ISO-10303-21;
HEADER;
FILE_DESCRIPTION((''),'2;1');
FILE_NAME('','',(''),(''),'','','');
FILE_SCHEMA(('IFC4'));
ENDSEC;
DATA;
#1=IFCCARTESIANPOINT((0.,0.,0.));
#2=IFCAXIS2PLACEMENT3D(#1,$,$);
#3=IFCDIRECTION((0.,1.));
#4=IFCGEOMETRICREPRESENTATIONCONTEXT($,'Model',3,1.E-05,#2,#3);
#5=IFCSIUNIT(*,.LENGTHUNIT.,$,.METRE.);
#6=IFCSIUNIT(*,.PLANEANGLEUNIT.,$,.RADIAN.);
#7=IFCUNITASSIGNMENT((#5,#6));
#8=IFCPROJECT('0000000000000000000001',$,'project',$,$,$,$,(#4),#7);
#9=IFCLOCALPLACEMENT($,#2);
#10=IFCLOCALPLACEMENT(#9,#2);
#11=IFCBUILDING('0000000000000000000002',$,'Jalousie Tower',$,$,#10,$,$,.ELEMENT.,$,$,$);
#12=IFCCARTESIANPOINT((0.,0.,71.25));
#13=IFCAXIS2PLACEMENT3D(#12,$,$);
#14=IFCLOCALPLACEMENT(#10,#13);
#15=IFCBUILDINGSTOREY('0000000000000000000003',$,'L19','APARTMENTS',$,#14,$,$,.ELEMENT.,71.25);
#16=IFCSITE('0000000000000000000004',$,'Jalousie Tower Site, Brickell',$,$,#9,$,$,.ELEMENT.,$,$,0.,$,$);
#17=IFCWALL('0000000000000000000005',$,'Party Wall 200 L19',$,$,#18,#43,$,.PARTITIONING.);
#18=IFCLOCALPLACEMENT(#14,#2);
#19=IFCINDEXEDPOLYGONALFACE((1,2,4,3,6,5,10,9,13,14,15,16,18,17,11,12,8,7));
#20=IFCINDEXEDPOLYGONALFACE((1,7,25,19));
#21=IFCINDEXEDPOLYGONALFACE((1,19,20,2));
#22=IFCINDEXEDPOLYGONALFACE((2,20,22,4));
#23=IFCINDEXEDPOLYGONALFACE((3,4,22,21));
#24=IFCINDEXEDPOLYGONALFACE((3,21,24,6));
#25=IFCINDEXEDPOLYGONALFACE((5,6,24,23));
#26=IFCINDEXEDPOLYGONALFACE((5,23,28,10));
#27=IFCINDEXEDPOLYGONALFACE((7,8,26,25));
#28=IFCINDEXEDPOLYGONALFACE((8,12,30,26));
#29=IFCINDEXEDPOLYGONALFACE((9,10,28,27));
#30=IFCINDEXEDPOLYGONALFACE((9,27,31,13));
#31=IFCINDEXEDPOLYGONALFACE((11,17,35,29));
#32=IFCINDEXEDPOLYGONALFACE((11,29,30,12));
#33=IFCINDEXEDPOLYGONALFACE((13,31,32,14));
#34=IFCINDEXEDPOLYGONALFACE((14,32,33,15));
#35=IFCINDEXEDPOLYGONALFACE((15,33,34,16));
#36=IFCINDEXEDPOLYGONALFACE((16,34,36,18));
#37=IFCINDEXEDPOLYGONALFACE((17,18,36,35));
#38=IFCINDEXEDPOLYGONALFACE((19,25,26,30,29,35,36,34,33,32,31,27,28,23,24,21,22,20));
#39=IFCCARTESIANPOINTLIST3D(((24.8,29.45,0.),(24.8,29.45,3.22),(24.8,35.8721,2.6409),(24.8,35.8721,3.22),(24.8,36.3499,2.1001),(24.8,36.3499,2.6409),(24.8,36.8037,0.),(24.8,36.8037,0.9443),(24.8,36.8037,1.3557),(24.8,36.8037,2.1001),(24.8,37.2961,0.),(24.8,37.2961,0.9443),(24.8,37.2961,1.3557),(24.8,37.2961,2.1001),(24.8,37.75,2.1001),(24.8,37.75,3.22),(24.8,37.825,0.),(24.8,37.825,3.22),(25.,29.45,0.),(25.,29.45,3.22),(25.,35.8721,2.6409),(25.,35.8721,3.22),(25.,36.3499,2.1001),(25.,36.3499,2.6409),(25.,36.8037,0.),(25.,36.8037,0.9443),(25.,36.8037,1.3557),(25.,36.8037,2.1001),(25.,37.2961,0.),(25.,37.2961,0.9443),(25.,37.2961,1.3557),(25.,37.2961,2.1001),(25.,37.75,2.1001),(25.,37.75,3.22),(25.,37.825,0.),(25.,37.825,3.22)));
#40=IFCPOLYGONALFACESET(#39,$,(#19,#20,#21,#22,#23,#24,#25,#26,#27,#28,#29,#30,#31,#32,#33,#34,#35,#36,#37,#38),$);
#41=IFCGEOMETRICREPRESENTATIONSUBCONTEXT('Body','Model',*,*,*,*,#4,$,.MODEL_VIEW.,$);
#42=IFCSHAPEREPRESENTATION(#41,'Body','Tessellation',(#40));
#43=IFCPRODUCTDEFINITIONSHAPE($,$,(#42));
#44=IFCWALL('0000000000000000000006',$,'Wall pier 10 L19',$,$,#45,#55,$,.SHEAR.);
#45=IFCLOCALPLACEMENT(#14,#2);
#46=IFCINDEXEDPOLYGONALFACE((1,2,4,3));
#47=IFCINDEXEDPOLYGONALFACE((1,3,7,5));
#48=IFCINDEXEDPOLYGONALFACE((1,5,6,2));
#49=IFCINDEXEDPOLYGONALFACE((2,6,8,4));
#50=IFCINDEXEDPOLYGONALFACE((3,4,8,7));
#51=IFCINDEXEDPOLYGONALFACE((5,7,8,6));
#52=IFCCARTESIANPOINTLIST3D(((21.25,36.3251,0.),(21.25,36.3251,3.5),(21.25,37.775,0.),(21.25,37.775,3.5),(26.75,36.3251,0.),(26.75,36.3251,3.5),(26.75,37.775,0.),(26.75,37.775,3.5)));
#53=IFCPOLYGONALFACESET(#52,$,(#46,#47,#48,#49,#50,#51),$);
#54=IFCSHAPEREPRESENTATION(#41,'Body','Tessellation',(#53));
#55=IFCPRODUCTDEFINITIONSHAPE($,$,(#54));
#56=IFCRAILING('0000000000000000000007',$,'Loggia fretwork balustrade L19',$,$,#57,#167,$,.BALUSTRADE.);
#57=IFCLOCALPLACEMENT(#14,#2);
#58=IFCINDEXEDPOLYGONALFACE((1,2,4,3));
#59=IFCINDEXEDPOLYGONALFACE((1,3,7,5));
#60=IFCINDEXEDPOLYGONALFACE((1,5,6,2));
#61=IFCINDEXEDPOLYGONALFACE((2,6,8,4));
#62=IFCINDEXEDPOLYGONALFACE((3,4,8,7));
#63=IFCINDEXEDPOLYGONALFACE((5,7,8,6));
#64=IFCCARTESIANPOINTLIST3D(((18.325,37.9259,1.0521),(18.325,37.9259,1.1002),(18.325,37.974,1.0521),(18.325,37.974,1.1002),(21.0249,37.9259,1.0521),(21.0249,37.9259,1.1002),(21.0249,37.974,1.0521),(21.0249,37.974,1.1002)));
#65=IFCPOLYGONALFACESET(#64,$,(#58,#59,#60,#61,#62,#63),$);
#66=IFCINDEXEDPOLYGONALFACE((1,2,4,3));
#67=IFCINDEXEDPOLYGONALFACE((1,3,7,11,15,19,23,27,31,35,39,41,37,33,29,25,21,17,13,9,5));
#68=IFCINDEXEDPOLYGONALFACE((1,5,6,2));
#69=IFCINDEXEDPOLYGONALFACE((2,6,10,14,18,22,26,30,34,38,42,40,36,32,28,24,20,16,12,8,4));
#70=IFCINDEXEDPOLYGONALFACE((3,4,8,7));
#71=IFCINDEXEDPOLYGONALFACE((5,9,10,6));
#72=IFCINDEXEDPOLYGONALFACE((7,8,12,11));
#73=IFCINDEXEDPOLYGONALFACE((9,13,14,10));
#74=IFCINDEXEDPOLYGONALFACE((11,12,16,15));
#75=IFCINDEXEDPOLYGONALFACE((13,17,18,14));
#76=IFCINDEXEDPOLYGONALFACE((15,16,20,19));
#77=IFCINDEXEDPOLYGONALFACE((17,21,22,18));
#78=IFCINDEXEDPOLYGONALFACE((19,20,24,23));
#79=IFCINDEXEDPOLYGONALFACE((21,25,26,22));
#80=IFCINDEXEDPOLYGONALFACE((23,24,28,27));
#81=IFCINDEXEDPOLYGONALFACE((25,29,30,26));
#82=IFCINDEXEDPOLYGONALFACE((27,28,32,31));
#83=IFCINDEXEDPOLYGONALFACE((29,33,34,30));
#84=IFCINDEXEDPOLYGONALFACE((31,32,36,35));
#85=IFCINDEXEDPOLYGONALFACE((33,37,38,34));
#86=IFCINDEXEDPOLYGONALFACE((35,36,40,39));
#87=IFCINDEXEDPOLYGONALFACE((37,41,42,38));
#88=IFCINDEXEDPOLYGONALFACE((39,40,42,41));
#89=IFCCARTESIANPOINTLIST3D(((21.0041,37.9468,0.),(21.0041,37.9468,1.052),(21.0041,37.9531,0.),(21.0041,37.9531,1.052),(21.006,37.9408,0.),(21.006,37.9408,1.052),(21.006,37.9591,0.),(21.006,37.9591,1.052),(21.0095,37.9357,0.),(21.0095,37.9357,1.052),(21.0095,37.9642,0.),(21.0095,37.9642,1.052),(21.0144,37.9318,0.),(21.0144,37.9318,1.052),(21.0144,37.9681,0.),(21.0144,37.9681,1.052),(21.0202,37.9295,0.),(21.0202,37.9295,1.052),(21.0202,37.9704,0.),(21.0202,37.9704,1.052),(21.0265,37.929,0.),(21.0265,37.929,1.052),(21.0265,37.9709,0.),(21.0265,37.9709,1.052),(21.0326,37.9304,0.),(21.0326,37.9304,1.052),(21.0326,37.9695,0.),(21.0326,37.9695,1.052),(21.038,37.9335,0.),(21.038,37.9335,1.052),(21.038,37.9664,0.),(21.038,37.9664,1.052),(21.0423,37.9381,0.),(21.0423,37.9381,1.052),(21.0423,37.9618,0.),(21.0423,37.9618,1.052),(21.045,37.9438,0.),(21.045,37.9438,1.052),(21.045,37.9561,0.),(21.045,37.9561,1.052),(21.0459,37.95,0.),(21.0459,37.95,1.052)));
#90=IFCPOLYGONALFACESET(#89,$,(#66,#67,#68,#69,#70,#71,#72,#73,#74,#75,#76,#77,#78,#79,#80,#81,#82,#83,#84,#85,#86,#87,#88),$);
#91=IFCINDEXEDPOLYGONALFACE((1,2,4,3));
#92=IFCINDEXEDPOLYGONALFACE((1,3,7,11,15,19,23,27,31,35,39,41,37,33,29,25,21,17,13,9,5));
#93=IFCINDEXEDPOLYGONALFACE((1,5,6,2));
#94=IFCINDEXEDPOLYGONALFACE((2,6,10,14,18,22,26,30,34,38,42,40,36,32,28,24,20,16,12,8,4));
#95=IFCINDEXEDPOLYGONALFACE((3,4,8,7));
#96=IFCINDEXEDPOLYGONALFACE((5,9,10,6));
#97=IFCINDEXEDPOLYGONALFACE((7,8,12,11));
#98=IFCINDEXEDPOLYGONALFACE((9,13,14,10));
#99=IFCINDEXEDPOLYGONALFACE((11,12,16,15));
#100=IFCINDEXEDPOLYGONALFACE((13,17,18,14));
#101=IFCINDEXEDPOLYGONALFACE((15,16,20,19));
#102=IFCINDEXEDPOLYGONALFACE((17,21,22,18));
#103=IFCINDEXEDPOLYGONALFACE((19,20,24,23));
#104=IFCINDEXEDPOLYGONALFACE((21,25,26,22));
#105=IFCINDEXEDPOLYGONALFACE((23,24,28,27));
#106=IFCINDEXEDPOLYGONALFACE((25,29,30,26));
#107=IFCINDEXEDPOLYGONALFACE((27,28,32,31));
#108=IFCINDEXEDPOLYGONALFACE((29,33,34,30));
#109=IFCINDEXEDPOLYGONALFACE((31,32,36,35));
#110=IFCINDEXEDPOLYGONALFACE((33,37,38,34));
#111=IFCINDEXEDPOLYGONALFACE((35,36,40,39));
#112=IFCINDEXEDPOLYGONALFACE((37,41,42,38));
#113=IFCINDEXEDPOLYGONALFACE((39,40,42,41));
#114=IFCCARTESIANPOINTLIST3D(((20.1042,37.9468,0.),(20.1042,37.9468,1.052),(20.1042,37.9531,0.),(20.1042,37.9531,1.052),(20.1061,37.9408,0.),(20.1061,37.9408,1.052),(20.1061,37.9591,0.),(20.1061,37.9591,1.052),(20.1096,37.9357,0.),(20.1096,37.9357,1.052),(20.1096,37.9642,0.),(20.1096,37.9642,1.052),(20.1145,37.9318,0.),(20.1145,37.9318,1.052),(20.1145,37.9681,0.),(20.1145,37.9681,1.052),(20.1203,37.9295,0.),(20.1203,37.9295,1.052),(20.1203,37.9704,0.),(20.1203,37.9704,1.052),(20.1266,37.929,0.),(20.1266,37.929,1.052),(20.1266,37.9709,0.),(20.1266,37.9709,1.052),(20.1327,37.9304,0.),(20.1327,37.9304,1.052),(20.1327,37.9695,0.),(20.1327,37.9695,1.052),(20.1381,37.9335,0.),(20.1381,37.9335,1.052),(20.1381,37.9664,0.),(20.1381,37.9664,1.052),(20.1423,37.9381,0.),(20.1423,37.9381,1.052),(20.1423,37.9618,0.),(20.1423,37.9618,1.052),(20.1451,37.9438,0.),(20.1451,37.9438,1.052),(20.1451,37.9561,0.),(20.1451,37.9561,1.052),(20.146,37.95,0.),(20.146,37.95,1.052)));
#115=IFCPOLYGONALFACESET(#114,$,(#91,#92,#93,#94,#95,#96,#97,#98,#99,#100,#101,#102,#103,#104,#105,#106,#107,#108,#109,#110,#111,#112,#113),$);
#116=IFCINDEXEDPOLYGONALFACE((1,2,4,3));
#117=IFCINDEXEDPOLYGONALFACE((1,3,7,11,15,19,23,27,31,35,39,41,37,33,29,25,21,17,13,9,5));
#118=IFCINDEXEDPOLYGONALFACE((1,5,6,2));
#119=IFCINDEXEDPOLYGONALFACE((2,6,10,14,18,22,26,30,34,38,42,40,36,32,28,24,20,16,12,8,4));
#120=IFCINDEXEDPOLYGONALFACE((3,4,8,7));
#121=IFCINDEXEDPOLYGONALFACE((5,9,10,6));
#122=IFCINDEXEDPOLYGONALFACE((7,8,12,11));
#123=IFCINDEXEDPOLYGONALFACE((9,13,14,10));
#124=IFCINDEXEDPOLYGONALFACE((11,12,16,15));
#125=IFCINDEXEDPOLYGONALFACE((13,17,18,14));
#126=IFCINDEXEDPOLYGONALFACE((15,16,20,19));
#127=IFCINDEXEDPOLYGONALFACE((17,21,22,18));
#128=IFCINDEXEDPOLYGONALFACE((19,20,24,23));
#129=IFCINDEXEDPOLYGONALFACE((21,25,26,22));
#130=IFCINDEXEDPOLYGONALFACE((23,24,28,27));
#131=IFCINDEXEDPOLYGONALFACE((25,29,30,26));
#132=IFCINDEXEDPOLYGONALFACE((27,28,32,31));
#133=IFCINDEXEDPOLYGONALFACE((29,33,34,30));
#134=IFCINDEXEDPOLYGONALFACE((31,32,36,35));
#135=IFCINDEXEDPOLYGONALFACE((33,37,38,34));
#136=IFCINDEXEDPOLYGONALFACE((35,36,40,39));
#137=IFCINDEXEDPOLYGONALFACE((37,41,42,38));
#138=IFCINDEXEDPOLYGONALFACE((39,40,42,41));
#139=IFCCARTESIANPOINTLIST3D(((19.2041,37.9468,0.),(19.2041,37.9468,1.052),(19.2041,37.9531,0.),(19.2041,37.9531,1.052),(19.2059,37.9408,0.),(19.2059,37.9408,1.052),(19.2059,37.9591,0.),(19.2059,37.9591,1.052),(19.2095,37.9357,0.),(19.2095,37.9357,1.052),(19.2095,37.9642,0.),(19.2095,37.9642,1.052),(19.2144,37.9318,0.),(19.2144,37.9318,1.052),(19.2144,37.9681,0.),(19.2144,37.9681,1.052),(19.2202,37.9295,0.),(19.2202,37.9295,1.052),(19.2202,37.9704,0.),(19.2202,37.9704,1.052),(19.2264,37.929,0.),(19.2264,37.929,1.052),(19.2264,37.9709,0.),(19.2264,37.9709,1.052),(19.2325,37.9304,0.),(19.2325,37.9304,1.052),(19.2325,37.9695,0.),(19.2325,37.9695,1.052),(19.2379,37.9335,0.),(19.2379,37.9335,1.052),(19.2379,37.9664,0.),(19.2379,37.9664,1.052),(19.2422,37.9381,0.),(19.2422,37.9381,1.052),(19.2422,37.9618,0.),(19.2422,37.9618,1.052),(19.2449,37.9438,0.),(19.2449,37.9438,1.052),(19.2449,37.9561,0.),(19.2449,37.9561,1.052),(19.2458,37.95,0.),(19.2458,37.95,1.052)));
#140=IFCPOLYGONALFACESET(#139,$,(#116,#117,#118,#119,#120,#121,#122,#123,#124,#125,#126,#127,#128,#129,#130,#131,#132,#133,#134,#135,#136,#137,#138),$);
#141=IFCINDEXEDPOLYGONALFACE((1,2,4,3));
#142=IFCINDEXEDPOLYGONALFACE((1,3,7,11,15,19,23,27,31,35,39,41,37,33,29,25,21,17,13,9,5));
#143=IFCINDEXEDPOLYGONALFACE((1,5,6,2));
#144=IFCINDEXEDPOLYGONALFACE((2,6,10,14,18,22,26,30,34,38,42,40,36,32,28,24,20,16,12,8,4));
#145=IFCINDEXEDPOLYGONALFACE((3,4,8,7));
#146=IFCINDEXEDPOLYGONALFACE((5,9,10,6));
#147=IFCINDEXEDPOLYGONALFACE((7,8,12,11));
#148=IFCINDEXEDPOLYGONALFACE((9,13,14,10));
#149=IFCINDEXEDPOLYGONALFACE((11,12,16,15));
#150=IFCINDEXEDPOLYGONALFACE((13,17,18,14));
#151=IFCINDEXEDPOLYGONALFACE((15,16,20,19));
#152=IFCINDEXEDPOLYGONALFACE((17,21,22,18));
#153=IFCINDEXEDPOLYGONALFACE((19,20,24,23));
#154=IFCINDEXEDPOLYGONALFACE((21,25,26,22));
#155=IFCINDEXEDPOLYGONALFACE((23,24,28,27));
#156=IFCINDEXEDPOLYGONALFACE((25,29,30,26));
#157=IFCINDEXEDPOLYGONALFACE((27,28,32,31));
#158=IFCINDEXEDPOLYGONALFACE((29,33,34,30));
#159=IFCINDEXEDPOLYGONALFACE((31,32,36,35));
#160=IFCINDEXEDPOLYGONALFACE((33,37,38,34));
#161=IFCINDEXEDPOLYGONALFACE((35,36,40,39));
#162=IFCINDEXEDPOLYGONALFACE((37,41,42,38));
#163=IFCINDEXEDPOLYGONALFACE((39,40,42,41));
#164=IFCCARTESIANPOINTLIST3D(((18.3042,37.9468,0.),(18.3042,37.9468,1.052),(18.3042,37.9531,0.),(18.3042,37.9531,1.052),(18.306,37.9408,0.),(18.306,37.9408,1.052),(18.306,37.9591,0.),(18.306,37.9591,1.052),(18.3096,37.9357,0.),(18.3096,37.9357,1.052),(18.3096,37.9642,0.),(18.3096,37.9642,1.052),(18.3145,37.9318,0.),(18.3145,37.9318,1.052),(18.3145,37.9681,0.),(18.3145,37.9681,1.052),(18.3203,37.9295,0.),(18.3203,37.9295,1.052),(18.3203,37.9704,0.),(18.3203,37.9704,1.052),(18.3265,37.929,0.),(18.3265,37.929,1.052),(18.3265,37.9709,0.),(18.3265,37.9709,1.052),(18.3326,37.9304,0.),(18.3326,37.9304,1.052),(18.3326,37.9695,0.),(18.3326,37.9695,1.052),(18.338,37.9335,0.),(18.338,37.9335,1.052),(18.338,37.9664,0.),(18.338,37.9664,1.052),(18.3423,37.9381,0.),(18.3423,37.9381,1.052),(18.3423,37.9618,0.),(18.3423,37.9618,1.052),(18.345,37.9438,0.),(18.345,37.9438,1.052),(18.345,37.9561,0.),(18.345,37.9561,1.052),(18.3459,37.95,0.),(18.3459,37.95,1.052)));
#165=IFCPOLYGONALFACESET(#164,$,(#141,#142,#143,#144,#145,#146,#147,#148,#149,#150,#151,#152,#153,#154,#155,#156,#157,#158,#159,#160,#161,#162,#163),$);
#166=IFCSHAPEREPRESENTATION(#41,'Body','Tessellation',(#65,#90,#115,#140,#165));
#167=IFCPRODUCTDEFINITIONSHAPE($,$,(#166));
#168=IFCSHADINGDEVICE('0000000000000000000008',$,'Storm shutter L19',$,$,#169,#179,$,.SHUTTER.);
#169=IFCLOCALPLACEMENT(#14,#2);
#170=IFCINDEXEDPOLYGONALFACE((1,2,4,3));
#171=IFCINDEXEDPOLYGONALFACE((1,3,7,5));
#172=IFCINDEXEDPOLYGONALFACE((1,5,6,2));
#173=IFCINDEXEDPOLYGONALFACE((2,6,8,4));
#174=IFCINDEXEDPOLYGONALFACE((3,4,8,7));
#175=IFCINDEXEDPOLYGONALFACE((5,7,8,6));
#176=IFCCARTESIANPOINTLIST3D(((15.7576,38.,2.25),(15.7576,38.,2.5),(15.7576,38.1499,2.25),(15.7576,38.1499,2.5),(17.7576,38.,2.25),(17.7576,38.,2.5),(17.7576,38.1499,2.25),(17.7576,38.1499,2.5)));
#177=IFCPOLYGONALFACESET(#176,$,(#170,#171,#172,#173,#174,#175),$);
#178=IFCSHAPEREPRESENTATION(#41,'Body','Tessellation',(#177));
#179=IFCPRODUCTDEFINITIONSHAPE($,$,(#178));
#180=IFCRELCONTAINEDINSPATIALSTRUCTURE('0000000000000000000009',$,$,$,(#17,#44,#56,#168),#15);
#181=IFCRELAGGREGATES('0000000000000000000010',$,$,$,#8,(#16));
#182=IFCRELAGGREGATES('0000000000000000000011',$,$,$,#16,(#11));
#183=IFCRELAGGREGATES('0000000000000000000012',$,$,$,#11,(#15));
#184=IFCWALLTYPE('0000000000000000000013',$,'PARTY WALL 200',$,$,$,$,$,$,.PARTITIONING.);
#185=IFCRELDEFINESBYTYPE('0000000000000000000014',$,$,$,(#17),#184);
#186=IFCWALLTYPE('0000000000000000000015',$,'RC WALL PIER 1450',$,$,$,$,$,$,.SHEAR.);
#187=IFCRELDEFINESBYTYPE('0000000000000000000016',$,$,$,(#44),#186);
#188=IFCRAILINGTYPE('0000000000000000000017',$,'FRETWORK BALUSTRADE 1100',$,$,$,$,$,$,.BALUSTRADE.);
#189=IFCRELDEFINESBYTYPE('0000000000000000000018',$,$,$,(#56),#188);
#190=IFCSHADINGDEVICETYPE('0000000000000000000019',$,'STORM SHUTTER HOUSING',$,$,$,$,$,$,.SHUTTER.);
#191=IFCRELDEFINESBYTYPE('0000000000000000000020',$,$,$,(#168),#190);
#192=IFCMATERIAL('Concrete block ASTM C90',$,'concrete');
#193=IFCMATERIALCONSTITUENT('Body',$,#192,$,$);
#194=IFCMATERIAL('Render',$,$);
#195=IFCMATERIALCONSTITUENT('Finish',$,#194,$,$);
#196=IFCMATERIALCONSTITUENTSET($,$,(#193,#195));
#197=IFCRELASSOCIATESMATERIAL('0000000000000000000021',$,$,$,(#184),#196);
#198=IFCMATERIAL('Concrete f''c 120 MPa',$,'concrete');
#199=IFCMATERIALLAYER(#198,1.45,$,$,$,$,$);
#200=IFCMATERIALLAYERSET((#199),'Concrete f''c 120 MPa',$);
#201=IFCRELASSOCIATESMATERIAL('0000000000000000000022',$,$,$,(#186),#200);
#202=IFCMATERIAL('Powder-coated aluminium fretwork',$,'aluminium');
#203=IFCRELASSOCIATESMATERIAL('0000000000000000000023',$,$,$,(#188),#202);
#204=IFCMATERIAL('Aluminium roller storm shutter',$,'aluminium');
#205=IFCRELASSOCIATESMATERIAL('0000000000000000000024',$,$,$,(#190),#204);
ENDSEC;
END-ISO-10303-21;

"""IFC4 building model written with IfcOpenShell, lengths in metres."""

from ifc_helpers import new_model, si_unit, direction, frame, frame_2d, origin, origin_2d, place, context, subcontext, project, spatial, polyline, rectangle, circle, outline, extrude, material, layer, layer_set, constituent, constituent_set, type_object, element, save


model = new_model("IFC4")

# Units and contexts
model_context = context("Model", 3, precision=1e-05, world=origin(), true_north=direction((0.0, 1.0)))
body_context = subcontext(model_context, "Body", "Model", "MODEL_VIEW")
ifc_project = project(units=[si_unit("LENGTHUNIT", "METRE"), si_unit("PLANEANGLEUNIT", "RADIAN")], contexts=[model_context])

# Site, building, storey
site_placement = place(None, origin())
site = spatial("IfcSite", under=ifc_project, at=site_placement, Name="Jalousie Tower Site, Brickell", CompositionType="ELEMENT", RefElevation=0.0)
building_placement = place(site_placement, origin())
building = spatial("IfcBuilding", under=site, at=building_placement, Name="Jalousie Tower", CompositionType="ELEMENT")
storey_placement = place(building_placement, frame((0.0, 0.0, 71.25)))
storey = spatial("IfcBuildingStorey", under=building, at=storey_placement, Name="L19", Description="APARTMENTS", CompositionType="ELEMENT", Elevation=71.25)

# Walls
ifc_material_1 = material(Name="Concrete block ASTM C90", Category="concrete")
ifc_constituent_1 = constituent(ifc_material_1, Name="Body")
ifc_material_2 = material(Name="Render")
ifc_constituent_2 = constituent(ifc_material_2, Name="Finish")
ifc_constituent_set_1 = constituent_set(constituents=[ifc_constituent_1, ifc_constituent_2])
wall_type_1 = type_object("IfcWallType", Name="PARTY WALL 200", PredefinedType="PARTITIONING", material=ifc_constituent_set_1)
wall_1_placement = place(storey_placement, frame((24.8999, 37.825, 0.0), z_axis=(0.0, 0.0, 1.0), x_axis=(0.0, -1.0, 0.0)))
element("IfcWall", 1, at=wall_1_placement, inside=storey, type_object=wall_type_1, Name="Party Wall 200 L19", PredefinedType="PARTITIONING", context=body_context, shape_type="SweptSolid", body=[
    extrude(outline(polyline([(8.375, 0.0), (8.375, 3.22), (1.9529, 3.22), (1.9529, 2.6409), (1.4751, 2.6409), (1.4751, 2.1001), (1.0212, 2.1001), (1.0212, 1.3557), (0.5288, 1.3557), (0.5288, 2.1001), (0.075, 2.1001), (0.075, 3.22), (0.0, 3.22), (0.0, 0.0), (0.5288, 0.0), (0.5288, 0.9443), (1.0212, 0.9443), (1.0212, 0.0), (8.375, 0.0)])), frame((0.0, 0.1001, 0.0), z_axis=(0.0, -1.0, 0.0), x_axis=(1.0, 0.0, 0.0)), (0.0, 0.0, 1.0), 0.2),
])
ifc_material_3 = material(Name="Concrete f'c 120 MPa", Category="concrete")
ifc_layer_1 = layer(ifc_material_3, 1.45)
ifc_layer_set_1 = layer_set([ifc_layer_1], Name="Concrete f'c 120 MPa")
wall_type_2 = type_object("IfcWallType", Name="RC WALL PIER 1450", PredefinedType="SHEAR", material=ifc_layer_set_1)
wall_2_placement = place(storey_placement, frame((21.25, 37.05, 0.0), z_axis=(0.0, 0.0, 1.0), x_axis=(1.0, 0.0, 0.0)))
element("IfcWall", 2, at=wall_2_placement, inside=storey, type_object=wall_type_2, Name="Wall pier 10 L19", PredefinedType="SHEAR", context=body_context, shape_type="SweptSolid", body=[
    extrude(rectangle(XDim=5.5, YDim=1.45, at=frame_2d((2.75, 0.0))), origin(), (0.0, 0.0, 1.0), 3.5),
])

# Railing
ifc_material_4 = material(Name="Powder-coated aluminium fretwork", Category="aluminium")
railing_type = type_object("IfcRailingType", Name="FRETWORK BALUSTRADE 1100", PredefinedType="BALUSTRADE", material=ifc_material_4)
railing_placement = place(storey_placement, frame((21.0249, 37.95, 0.0)))
element("IfcRailing", 3, at=railing_placement, inside=storey, type_object=railing_type, Name="Loggia fretwork balustrade L19", PredefinedType="BALUSTRADE", context=body_context, shape_type="SweptSolid", body=[
    extrude(rectangle(XDim=0.0481, YDim=0.0481, at=origin_2d()), frame((0.0, 0.0, 1.0762), z_axis=(-1.0, 0.0, 0.0), x_axis=(0.0, -1.0, 0.0)), (0.0, 0.0, 1.0), 2.7),
    extrude(circle(Radius=0.021, at=origin_2d()), origin(), (0.0, 0.0, 1.0), 1.052),
    extrude(circle(Radius=0.021, at=origin_2d()), frame((-0.8999, 0.0, 0.0)), (0.0, 0.0, 1.0), 1.052),
    extrude(circle(Radius=0.021, at=origin_2d()), frame((-1.8, 0.0, 0.0)), (0.0, 0.0, 1.0), 1.052),
    extrude(circle(Radius=0.021, at=origin_2d()), frame((-2.7, 0.0, 0.0)), (0.0, 0.0, 1.0), 1.052),
])

# Shading device
ifc_material_5 = material(Name="Aluminium roller storm shutter", Category="aluminium")
shading_device_type = type_object("IfcShadingDeviceType", Name="STORM SHUTTER HOUSING", PredefinedType="SHUTTER", material=ifc_material_5)
shading_device_placement = place(storey_placement, frame((16.7576, 38.075, 2.25), z_axis=(0.0, 0.0, 1.0), x_axis=(-1.0, 0.0, 0.0)))
element("IfcShadingDevice", 4, at=shading_device_placement, inside=storey, type_object=shading_device_type, Name="Storm shutter L19", PredefinedType="SHUTTER", context=body_context, shape_type="SweptSolid", body=[
    extrude(rectangle(XDim=2.0, YDim=0.1499, at=origin_2d()), origin(), (0.0, 0.0, 1.0), 0.25),
])

save(model, "model.ifc")
